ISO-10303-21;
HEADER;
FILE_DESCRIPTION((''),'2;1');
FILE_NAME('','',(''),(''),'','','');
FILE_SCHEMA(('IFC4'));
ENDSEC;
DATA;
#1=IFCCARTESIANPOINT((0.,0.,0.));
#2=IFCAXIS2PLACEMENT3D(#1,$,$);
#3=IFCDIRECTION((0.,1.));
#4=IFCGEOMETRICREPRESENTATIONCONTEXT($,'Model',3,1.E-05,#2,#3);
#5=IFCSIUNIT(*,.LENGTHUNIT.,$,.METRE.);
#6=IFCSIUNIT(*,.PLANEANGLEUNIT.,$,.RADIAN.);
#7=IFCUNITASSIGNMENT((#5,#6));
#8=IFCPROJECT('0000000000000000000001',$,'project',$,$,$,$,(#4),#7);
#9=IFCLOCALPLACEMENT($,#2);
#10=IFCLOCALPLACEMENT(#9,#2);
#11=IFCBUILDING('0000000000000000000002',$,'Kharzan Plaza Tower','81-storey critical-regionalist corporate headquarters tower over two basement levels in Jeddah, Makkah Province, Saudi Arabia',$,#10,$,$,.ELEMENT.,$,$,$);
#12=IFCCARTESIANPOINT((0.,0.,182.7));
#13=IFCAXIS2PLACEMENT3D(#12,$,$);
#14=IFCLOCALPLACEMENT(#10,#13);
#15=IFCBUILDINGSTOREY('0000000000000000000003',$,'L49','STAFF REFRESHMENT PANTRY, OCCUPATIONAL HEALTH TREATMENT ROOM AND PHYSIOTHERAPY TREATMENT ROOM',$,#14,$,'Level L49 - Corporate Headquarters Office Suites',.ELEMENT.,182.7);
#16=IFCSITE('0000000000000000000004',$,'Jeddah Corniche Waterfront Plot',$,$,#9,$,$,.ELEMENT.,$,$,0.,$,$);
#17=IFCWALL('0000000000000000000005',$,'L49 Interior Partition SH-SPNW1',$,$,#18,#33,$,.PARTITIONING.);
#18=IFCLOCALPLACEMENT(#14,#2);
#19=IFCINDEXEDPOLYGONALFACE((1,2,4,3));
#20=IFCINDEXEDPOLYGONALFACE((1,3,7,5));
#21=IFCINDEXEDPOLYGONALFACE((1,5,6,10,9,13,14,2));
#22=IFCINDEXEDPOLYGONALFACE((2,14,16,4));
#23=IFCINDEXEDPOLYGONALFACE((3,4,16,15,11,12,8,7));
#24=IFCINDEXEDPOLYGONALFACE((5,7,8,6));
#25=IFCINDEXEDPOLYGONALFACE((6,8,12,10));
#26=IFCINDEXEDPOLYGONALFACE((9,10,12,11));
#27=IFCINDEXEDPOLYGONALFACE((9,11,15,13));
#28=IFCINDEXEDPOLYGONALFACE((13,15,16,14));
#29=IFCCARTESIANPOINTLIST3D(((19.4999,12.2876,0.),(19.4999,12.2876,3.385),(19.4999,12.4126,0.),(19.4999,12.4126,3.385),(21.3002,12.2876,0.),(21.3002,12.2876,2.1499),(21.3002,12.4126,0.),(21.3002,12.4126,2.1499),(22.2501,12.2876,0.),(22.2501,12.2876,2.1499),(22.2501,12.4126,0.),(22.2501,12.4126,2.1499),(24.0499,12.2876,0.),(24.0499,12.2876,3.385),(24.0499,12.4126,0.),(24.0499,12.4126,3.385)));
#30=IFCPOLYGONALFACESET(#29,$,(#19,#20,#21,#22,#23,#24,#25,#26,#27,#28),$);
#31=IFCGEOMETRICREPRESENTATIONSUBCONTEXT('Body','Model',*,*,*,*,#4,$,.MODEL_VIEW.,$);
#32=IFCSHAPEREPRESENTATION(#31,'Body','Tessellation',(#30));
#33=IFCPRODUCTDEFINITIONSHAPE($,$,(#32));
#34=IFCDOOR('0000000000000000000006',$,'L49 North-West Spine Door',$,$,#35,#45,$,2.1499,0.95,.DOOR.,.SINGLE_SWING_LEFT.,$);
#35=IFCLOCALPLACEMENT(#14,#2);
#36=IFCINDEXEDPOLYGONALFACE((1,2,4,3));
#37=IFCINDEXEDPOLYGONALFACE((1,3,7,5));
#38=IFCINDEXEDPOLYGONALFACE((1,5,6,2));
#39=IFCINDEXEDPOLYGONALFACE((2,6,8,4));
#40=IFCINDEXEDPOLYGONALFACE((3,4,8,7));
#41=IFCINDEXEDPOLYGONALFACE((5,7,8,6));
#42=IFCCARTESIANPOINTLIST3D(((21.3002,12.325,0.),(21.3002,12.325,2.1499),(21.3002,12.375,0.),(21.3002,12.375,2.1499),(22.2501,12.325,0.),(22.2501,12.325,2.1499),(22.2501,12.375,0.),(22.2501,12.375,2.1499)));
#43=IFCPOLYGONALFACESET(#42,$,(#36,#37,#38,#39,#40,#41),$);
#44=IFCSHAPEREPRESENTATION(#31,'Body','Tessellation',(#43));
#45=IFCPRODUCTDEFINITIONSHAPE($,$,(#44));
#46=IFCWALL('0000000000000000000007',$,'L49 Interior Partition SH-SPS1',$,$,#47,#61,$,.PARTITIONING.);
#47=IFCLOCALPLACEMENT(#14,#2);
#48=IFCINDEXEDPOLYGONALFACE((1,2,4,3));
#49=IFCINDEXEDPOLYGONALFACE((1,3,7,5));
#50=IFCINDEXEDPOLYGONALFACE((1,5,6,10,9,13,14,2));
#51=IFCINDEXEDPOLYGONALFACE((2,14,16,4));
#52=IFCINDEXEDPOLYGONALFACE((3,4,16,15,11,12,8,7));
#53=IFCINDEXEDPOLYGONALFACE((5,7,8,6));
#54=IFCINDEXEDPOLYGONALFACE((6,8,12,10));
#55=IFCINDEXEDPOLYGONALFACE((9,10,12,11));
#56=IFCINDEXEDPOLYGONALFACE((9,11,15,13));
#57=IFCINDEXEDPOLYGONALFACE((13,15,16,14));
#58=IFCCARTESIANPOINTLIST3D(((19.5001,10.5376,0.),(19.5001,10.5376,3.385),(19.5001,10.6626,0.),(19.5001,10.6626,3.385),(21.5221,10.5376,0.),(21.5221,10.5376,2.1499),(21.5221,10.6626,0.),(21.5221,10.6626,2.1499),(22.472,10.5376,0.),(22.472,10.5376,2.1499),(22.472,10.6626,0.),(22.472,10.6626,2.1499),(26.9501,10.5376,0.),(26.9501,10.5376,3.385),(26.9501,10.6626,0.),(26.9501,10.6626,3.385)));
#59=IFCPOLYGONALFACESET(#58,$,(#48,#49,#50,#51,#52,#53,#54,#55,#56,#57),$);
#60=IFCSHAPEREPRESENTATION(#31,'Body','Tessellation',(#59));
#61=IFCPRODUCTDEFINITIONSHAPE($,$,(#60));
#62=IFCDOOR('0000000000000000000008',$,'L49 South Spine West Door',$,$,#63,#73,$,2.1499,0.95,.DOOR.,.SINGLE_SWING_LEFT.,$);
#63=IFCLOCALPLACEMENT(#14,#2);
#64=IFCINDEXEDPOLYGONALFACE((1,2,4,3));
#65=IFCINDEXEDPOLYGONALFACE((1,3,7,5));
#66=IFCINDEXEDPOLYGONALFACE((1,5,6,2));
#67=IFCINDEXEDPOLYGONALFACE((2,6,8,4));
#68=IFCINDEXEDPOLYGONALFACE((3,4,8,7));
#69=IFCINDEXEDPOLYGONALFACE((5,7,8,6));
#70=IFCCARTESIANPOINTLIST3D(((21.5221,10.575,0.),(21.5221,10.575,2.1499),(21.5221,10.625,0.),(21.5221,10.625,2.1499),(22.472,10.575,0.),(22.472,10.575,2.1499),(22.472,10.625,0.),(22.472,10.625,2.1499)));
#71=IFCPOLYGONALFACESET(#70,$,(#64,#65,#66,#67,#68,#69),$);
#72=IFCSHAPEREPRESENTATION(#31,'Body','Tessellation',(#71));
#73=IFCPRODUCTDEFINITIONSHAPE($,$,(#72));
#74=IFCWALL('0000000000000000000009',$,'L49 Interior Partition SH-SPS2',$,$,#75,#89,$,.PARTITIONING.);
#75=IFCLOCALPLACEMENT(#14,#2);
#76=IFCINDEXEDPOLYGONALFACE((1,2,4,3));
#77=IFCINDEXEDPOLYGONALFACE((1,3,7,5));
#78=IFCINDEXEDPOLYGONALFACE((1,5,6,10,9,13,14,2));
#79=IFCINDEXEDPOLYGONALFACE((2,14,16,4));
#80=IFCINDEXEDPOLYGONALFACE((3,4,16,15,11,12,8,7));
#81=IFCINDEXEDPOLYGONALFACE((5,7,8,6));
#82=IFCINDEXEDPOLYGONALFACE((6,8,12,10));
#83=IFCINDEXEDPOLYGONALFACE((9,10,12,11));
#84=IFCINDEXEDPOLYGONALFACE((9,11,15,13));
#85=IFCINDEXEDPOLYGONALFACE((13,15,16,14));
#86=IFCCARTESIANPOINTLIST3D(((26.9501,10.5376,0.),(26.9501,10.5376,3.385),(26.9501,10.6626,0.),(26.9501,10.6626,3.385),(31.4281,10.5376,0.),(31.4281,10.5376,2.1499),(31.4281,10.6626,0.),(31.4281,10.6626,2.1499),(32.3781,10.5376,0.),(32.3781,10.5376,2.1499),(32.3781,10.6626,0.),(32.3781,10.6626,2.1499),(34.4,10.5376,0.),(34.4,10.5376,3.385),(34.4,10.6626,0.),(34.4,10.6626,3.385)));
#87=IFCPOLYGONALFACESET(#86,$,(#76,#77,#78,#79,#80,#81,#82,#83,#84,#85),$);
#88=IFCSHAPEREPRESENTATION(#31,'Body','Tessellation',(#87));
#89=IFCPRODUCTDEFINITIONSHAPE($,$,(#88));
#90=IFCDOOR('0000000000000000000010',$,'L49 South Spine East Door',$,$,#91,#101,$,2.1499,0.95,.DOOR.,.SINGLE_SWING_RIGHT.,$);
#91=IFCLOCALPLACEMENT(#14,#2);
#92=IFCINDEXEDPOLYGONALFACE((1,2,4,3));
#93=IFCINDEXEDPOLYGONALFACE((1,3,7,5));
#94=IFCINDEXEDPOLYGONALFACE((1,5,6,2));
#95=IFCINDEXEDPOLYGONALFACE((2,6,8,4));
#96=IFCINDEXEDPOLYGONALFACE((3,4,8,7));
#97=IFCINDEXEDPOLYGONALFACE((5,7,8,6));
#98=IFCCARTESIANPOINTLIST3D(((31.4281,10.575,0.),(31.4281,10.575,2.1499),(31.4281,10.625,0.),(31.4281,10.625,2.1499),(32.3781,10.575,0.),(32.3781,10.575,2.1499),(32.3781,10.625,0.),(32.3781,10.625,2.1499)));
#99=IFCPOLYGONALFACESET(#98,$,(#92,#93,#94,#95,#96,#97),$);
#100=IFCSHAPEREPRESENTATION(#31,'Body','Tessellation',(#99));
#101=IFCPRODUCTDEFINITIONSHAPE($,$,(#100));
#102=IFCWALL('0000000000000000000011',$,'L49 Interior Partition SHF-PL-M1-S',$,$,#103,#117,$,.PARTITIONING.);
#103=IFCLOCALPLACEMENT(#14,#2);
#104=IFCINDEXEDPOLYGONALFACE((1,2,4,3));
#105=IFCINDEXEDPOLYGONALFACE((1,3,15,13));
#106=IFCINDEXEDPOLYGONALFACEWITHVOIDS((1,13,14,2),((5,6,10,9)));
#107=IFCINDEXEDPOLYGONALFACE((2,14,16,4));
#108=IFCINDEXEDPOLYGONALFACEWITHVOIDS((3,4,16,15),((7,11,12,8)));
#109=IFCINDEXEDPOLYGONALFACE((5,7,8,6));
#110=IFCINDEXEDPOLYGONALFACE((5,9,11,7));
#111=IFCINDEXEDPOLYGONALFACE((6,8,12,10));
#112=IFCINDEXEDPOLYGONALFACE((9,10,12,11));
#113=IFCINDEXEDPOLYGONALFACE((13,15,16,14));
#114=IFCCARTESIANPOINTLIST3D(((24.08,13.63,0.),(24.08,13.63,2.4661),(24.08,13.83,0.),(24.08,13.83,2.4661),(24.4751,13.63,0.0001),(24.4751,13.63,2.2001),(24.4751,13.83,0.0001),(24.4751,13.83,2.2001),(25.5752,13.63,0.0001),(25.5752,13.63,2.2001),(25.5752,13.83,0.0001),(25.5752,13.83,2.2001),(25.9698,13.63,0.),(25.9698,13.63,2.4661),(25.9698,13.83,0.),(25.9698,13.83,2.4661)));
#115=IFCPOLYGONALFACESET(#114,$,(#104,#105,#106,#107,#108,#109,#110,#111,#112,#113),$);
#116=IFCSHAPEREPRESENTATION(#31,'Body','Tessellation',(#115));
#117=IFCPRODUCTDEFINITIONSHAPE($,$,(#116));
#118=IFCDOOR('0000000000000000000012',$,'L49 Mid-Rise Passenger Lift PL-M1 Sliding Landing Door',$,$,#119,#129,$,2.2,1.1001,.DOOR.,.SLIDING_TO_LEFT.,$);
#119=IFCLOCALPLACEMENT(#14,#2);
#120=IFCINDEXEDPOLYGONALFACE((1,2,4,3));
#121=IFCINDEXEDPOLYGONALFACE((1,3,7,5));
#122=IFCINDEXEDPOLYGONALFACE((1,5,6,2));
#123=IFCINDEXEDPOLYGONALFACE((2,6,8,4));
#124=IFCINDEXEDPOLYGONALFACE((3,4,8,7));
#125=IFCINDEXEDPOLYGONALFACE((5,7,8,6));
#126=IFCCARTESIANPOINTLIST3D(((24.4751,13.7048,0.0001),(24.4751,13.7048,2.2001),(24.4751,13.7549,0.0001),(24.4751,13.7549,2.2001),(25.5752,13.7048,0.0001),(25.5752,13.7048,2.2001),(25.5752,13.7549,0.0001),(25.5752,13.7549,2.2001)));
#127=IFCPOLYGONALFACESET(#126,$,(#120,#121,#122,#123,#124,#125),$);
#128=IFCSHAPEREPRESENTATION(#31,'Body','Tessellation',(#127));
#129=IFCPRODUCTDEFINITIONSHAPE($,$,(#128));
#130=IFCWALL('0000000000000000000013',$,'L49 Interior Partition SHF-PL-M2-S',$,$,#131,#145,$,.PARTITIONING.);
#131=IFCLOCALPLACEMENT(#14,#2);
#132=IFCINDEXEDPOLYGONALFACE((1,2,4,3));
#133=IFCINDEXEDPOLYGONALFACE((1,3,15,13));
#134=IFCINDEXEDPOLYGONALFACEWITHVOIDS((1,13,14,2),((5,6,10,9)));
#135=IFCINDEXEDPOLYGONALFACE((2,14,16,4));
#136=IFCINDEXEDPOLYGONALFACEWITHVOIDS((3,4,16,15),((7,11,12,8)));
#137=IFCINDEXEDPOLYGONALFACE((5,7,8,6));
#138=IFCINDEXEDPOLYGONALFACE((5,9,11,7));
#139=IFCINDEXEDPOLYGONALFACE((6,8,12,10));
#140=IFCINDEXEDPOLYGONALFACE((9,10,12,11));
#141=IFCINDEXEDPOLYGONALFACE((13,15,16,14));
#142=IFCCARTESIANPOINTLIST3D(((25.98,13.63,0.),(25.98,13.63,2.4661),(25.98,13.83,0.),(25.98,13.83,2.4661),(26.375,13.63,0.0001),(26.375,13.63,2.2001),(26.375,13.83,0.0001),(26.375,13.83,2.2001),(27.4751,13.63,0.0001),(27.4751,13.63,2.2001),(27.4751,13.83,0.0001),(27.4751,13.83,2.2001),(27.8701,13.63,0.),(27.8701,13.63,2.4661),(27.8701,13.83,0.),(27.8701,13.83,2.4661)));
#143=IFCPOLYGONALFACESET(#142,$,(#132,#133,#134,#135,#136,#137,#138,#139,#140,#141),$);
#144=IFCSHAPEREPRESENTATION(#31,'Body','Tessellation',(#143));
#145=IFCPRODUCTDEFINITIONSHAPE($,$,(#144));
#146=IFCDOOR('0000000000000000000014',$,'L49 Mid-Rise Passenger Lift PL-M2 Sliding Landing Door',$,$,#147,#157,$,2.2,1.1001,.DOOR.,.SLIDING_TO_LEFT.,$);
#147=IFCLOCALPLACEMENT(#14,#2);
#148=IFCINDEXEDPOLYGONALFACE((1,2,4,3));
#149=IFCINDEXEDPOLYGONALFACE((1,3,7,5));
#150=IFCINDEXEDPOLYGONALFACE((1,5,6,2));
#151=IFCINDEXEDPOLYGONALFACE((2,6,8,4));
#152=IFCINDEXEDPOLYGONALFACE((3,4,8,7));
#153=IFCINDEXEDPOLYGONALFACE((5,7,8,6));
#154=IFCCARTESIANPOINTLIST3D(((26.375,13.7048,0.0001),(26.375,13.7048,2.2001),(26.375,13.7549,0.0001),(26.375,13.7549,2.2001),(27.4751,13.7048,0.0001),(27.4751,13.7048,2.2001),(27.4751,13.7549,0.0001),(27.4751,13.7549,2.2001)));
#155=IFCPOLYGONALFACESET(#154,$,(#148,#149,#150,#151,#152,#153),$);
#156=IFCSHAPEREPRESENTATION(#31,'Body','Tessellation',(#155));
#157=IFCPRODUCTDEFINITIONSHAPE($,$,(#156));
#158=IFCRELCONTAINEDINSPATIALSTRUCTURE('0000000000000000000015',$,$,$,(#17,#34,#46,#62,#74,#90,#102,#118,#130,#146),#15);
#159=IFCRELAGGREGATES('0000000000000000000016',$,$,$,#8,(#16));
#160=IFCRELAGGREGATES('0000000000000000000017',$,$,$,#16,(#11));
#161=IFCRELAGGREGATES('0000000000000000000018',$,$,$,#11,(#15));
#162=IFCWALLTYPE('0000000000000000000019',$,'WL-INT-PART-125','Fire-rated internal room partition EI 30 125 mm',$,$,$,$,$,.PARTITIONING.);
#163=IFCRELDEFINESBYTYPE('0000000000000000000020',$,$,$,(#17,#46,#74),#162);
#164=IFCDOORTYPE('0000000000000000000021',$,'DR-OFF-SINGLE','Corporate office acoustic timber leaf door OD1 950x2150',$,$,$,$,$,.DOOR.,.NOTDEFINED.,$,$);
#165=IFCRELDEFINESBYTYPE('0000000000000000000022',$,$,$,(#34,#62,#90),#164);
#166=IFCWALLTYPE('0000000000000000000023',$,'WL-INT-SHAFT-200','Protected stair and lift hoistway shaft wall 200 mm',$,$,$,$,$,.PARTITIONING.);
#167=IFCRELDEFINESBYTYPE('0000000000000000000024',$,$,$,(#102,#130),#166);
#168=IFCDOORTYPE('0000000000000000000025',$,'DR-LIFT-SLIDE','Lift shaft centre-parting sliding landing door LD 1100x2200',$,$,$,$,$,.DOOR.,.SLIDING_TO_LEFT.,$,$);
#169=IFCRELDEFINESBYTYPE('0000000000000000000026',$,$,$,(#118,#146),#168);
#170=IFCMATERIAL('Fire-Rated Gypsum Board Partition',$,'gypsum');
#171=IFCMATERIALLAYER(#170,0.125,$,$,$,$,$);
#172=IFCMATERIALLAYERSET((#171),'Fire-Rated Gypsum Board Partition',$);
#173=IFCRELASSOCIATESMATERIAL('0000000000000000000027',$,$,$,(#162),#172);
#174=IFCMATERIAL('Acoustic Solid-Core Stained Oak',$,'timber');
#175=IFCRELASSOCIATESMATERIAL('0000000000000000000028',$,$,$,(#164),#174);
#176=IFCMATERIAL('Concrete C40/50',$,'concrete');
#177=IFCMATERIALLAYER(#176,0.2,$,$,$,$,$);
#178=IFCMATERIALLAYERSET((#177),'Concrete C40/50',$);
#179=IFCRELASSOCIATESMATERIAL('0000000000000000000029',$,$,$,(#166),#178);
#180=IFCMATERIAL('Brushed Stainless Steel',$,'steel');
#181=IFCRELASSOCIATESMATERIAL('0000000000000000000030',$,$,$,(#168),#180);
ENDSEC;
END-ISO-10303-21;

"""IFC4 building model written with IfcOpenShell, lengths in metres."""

from ifc_helpers import new_model, si_unit, direction, frame, frame_2d, origin, place, context, subcontext, project, spatial, rectangle, extrude, source, transform, mapped, material, layer, layer_set, type_object, element, fill, save


model = new_model("IFC4")

# Units and contexts
model_context = context("Model", 3, precision=1e-05, world=origin(), true_north=direction((0.0, 1.0)))
body_context = subcontext(model_context, "Body", "Model", "MODEL_VIEW")
ifc_project = project(units=[si_unit("LENGTHUNIT", "METRE"), si_unit("PLANEANGLEUNIT", "RADIAN")], contexts=[model_context])

# Site, building, storey
site_placement = place(None, origin())
site = spatial("IfcSite", under=ifc_project, at=site_placement, Name="Jeddah Corniche Waterfront Plot", CompositionType="ELEMENT", RefElevation=0.0)
building_placement = place(site_placement, origin())
building = spatial("IfcBuilding", under=site, at=building_placement, Name="Kharzan Plaza Tower", Description="81-storey critical-regionalist corporate headquarters tower over two basement levels in Jeddah, Makkah Province, Saudi Arabia", CompositionType="ELEMENT")
storey_placement = place(building_placement, frame((0.0, 0.0, 182.7)))
storey = spatial("IfcBuildingStorey", under=building, at=storey_placement, Name="L49", Description="STAFF REFRESHMENT PANTRY, OCCUPATIONAL HEALTH TREATMENT ROOM AND PHYSIOTHERAPY TREATMENT ROOM", LongName="Level L49 - Corporate Headquarters Office Suites", CompositionType="ELEMENT", Elevation=182.7)

# Walls, openings, doors
ifc_material_1 = material(Name="Fire-Rated Gypsum Board Partition", Category="gypsum")
ifc_layer_1 = layer(ifc_material_1, 0.125)
ifc_layer_set_1 = layer_set([ifc_layer_1], Name="Fire-Rated Gypsum Board Partition")
wall_type_1 = type_object("IfcWallType", Name="WL-INT-PART-125", Description="Fire-rated internal room partition EI 30 125 mm", PredefinedType="PARTITIONING", material=ifc_layer_set_1)
wall_1_placement = place(storey_placement, frame((19.5, 12.3501, 0.0), z_axis=(0.0, 0.0, 1.0), x_axis=(1.0, 0.0, 0.0)))
wall_1 = element("IfcWall", 1, at=wall_1_placement, inside=storey, type_object=wall_type_1, Name="L49 Interior Partition SH-SPNW1", PredefinedType="PARTITIONING", context=body_context, shape_type="SweptSolid", body=[
    extrude(rectangle(XDim=4.55, YDim=0.125, at=frame_2d((2.2749, 0.0))), origin(), (0.0, 0.0, 1.0), 3.385),
])
opening_1_placement = place(wall_1_placement, frame((1.8, 0.0, 0.0)))
opening_1 = element("IfcOpeningElement", 2, at=opening_1_placement, cuts=wall_1, PredefinedType="OPENING", context=body_context, shape_type="SweptSolid", body=[
    extrude(rectangle(XDim=0.95, YDim=2.1499, at=frame_2d((0.4751, 1.075))), frame((0.0, 0.0725, 0.0), z_axis=(0.0, -1.0, 0.0), x_axis=(1.0, 0.0, 0.0)), (0.0, 0.0, 1.0), 0.145),
])
ifc_material_2 = material(Name="Acoustic Solid-Core Stained Oak", Category="timber")
door_type_1 = type_object("IfcDoorType", Name="DR-OFF-SINGLE", Description="Corporate office acoustic timber leaf door OD1 950x2150", OperationType="NOTDEFINED", PredefinedType="DOOR", material=ifc_material_2)
shared_shape_1 = source(origin(), body_context, "Body", "SweptSolid", [
    extrude(rectangle(XDim=0.95, YDim=2.1499, at=frame_2d((0.4751, 1.075))), frame((0.0, 0.0249, 0.0), z_axis=(0.0, -1.0, 0.0), x_axis=(1.0, 0.0, 0.0)), (0.0, 0.0, 1.0), 0.05),
])
door_1_placement = place(opening_1_placement, origin())
door_1 = element("IfcDoor", 3, at=door_1_placement, inside=storey, type_object=door_type_1, Name="L49 North-West Spine Door", OperationType="SINGLE_SWING_LEFT", OverallHeight=2.1499, OverallWidth=0.95, PredefinedType="DOOR", context=body_context, shape_type="MappedRepresentation", body=[
    mapped(shared_shape_1, transform((0.0, 0.0, 0.0), x_axis=(1.0, 0.0, 0.0), y_axis=(0.0, 1.0, 0.0), z_axis=(0.0, 0.0, 1.0))),
])
fill(opening_1, door_1)
wall_2_placement = place(storey_placement, frame((19.5, 10.6001, 0.0), z_axis=(0.0, 0.0, 1.0), x_axis=(1.0, 0.0, 0.0)))
wall_2 = element("IfcWall", 4, at=wall_2_placement, inside=storey, type_object=wall_type_1, Name="L49 Interior Partition SH-SPS1", PredefinedType="PARTITIONING", context=body_context, shape_type="SweptSolid", body=[
    extrude(rectangle(XDim=7.45, YDim=0.125, at=frame_2d((3.7251, 0.0))), origin(), (0.0, 0.0, 1.0), 3.385),
])
opening_2_placement = place(wall_2_placement, frame((2.022, 0.0, 0.0)))
opening_2 = element("IfcOpeningElement", 5, at=opening_2_placement, cuts=wall_2, PredefinedType="OPENING", context=body_context, shape_type="SweptSolid", body=[
    extrude(rectangle(XDim=0.95, YDim=2.1499, at=frame_2d((0.4751, 1.075))), frame((0.0, 0.0725, 0.0), z_axis=(0.0, -1.0, 0.0), x_axis=(1.0, 0.0, 0.0)), (0.0, 0.0, 1.0), 0.145),
])
door_2_placement = place(opening_2_placement, origin())
door_2 = element("IfcDoor", 6, at=door_2_placement, inside=storey, type_object=door_type_1, Name="L49 South Spine West Door", OperationType="SINGLE_SWING_LEFT", OverallHeight=2.1499, OverallWidth=0.95, PredefinedType="DOOR", context=body_context, shape_type="MappedRepresentation", body=[
    mapped(shared_shape_1, transform((0.0, 0.0, 0.0), x_axis=(1.0, 0.0, 0.0), y_axis=(0.0, 1.0, 0.0), z_axis=(0.0, 0.0, 1.0))),
])
fill(opening_2, door_2)
wall_3_placement = place(storey_placement, frame((26.95, 10.6001, 0.0), z_axis=(0.0, 0.0, 1.0), x_axis=(1.0, 0.0, 0.0)))
wall_3 = element("IfcWall", 7, at=wall_3_placement, inside=storey, type_object=wall_type_1, Name="L49 Interior Partition SH-SPS2", PredefinedType="PARTITIONING", context=body_context, shape_type="SweptSolid", body=[
    extrude(rectangle(XDim=7.45, YDim=0.125, at=frame_2d((3.7251, 0.0))), origin(), (0.0, 0.0, 1.0), 3.385),
])
opening_3_placement = place(wall_3_placement, frame((4.478, 0.0, 0.0)))
opening_3 = element("IfcOpeningElement", 8, at=opening_3_placement, cuts=wall_3, PredefinedType="OPENING", context=body_context, shape_type="SweptSolid", body=[
    extrude(rectangle(XDim=0.95, YDim=2.1499, at=frame_2d((0.4751, 1.075))), frame((0.0, 0.0725, 0.0), z_axis=(0.0, -1.0, 0.0), x_axis=(1.0, 0.0, 0.0)), (0.0, 0.0, 1.0), 0.145),
])
door_3_placement = place(opening_3_placement, origin())
door_3 = element("IfcDoor", 9, at=door_3_placement, inside=storey, type_object=door_type_1, Name="L49 South Spine East Door", OperationType="SINGLE_SWING_RIGHT", OverallHeight=2.1499, OverallWidth=0.95, PredefinedType="DOOR", context=body_context, shape_type="MappedRepresentation", body=[
    mapped(shared_shape_1, transform((0.0, 0.0, 0.0), x_axis=(1.0, 0.0, 0.0), y_axis=(0.0, 1.0, 0.0), z_axis=(0.0, 0.0, 1.0))),
])
fill(opening_3, door_3)
ifc_material_3 = material(Name="Concrete C40/50", Category="concrete")
ifc_layer_2 = layer(ifc_material_3, 0.2)
ifc_layer_set_2 = layer_set([ifc_layer_2], Name="Concrete C40/50")
wall_type_2 = type_object("IfcWallType", Name="WL-INT-SHAFT-200", Description="Protected stair and lift hoistway shaft wall 200 mm", PredefinedType="PARTITIONING", material=ifc_layer_set_2)
wall_4_placement = place(storey_placement, frame((24.0801, 13.73, 0.0), z_axis=(0.0, 0.0, 1.0), x_axis=(1.0, 0.0, 0.0)))
wall_4 = element("IfcWall", 10, at=wall_4_placement, inside=storey, type_object=wall_type_2, Name="L49 Interior Partition SHF-PL-M1-S", PredefinedType="PARTITIONING", context=body_context, shape_type="SweptSolid", body=[
    extrude(rectangle(XDim=1.8899, YDim=0.2, at=frame_2d((0.9448, 0.0))), origin(), (0.0, 0.0, 1.0), 2.4661),
])
opening_4_placement = place(wall_4_placement, frame((0.395, 0.0, 0.0)))
opening_4 = element("IfcOpeningElement", 11, at=opening_4_placement, cuts=wall_4, PredefinedType="OPENING", context=body_context, shape_type="SweptSolid", body=[
    extrude(rectangle(XDim=1.1001, YDim=2.2, at=frame_2d((0.55, 1.1001))), frame((0.0, 0.1099, 0.0), z_axis=(0.0, -1.0, 0.0), x_axis=(1.0, 0.0, 0.0)), (0.0, 0.0, 1.0), 0.22),
])
ifc_material_4 = material(Name="Brushed Stainless Steel", Category="steel")
door_type_2 = type_object("IfcDoorType", Name="DR-LIFT-SLIDE", Description="Lift shaft centre-parting sliding landing door LD 1100x2200", OperationType="SLIDING_TO_LEFT", PredefinedType="DOOR", material=ifc_material_4)
shared_shape_2 = source(origin(), body_context, "Body", "SweptSolid", [
    extrude(rectangle(XDim=1.1001, YDim=2.2, at=frame_2d((0.55, 1.1001))), frame((0.0, 0.0249, 0.0), z_axis=(0.0, -1.0, 0.0), x_axis=(1.0, 0.0, 0.0)), (0.0, 0.0, 1.0), 0.05),
])
door_4_placement = place(opening_4_placement, origin())
door_4 = element("IfcDoor", 12, at=door_4_placement, inside=storey, type_object=door_type_2, Name="L49 Mid-Rise Passenger Lift PL-M1 Sliding Landing Door", OperationType="SLIDING_TO_LEFT", OverallHeight=2.2, OverallWidth=1.1001, PredefinedType="DOOR", context=body_context, shape_type="MappedRepresentation", body=[
    mapped(shared_shape_2, transform((0.0, 0.0, 0.0), x_axis=(1.0, 0.0, 0.0), y_axis=(0.0, 1.0, 0.0), z_axis=(0.0, 0.0, 1.0))),
])
fill(opening_4, door_4)
wall_5_placement = place(storey_placement, frame((25.98, 13.73, 0.0), z_axis=(0.0, 0.0, 1.0), x_axis=(1.0, 0.0, 0.0)))
wall_5 = element("IfcWall", 13, at=wall_5_placement, inside=storey, type_object=wall_type_2, Name="L49 Interior Partition SHF-PL-M2-S", PredefinedType="PARTITIONING", context=body_context, shape_type="SweptSolid", body=[
    extrude(rectangle(XDim=1.8901, YDim=0.2, at=frame_2d((0.9451, 0.0))), origin(), (0.0, 0.0, 1.0), 2.4661),
])
opening_5_placement = place(wall_5_placement, frame((0.395, 0.0, 0.0)))
opening_5 = element("IfcOpeningElement", 14, at=opening_5_placement, cuts=wall_5, PredefinedType="OPENING", context=body_context, shape_type="SweptSolid", body=[
    extrude(rectangle(XDim=1.1001, YDim=2.2, at=frame_2d((0.55, 1.1001))), frame((0.0, 0.1099, 0.0), z_axis=(0.0, -1.0, 0.0), x_axis=(1.0, 0.0, 0.0)), (0.0, 0.0, 1.0), 0.22),
])
door_5_placement = place(opening_5_placement, origin())
door_5 = element("IfcDoor", 15, at=door_5_placement, inside=storey, type_object=door_type_2, Name="L49 Mid-Rise Passenger Lift PL-M2 Sliding Landing Door", OperationType="SLIDING_TO_LEFT", OverallHeight=2.2, OverallWidth=1.1001, PredefinedType="DOOR", context=body_context, shape_type="MappedRepresentation", body=[
    mapped(shared_shape_2, transform((0.0, 0.0, 0.0), x_axis=(1.0, 0.0, 0.0), y_axis=(0.0, 1.0, 0.0), z_axis=(0.0, 0.0, 1.0))),
])
fill(opening_5, door_5)

save(model, "model.ifc")
